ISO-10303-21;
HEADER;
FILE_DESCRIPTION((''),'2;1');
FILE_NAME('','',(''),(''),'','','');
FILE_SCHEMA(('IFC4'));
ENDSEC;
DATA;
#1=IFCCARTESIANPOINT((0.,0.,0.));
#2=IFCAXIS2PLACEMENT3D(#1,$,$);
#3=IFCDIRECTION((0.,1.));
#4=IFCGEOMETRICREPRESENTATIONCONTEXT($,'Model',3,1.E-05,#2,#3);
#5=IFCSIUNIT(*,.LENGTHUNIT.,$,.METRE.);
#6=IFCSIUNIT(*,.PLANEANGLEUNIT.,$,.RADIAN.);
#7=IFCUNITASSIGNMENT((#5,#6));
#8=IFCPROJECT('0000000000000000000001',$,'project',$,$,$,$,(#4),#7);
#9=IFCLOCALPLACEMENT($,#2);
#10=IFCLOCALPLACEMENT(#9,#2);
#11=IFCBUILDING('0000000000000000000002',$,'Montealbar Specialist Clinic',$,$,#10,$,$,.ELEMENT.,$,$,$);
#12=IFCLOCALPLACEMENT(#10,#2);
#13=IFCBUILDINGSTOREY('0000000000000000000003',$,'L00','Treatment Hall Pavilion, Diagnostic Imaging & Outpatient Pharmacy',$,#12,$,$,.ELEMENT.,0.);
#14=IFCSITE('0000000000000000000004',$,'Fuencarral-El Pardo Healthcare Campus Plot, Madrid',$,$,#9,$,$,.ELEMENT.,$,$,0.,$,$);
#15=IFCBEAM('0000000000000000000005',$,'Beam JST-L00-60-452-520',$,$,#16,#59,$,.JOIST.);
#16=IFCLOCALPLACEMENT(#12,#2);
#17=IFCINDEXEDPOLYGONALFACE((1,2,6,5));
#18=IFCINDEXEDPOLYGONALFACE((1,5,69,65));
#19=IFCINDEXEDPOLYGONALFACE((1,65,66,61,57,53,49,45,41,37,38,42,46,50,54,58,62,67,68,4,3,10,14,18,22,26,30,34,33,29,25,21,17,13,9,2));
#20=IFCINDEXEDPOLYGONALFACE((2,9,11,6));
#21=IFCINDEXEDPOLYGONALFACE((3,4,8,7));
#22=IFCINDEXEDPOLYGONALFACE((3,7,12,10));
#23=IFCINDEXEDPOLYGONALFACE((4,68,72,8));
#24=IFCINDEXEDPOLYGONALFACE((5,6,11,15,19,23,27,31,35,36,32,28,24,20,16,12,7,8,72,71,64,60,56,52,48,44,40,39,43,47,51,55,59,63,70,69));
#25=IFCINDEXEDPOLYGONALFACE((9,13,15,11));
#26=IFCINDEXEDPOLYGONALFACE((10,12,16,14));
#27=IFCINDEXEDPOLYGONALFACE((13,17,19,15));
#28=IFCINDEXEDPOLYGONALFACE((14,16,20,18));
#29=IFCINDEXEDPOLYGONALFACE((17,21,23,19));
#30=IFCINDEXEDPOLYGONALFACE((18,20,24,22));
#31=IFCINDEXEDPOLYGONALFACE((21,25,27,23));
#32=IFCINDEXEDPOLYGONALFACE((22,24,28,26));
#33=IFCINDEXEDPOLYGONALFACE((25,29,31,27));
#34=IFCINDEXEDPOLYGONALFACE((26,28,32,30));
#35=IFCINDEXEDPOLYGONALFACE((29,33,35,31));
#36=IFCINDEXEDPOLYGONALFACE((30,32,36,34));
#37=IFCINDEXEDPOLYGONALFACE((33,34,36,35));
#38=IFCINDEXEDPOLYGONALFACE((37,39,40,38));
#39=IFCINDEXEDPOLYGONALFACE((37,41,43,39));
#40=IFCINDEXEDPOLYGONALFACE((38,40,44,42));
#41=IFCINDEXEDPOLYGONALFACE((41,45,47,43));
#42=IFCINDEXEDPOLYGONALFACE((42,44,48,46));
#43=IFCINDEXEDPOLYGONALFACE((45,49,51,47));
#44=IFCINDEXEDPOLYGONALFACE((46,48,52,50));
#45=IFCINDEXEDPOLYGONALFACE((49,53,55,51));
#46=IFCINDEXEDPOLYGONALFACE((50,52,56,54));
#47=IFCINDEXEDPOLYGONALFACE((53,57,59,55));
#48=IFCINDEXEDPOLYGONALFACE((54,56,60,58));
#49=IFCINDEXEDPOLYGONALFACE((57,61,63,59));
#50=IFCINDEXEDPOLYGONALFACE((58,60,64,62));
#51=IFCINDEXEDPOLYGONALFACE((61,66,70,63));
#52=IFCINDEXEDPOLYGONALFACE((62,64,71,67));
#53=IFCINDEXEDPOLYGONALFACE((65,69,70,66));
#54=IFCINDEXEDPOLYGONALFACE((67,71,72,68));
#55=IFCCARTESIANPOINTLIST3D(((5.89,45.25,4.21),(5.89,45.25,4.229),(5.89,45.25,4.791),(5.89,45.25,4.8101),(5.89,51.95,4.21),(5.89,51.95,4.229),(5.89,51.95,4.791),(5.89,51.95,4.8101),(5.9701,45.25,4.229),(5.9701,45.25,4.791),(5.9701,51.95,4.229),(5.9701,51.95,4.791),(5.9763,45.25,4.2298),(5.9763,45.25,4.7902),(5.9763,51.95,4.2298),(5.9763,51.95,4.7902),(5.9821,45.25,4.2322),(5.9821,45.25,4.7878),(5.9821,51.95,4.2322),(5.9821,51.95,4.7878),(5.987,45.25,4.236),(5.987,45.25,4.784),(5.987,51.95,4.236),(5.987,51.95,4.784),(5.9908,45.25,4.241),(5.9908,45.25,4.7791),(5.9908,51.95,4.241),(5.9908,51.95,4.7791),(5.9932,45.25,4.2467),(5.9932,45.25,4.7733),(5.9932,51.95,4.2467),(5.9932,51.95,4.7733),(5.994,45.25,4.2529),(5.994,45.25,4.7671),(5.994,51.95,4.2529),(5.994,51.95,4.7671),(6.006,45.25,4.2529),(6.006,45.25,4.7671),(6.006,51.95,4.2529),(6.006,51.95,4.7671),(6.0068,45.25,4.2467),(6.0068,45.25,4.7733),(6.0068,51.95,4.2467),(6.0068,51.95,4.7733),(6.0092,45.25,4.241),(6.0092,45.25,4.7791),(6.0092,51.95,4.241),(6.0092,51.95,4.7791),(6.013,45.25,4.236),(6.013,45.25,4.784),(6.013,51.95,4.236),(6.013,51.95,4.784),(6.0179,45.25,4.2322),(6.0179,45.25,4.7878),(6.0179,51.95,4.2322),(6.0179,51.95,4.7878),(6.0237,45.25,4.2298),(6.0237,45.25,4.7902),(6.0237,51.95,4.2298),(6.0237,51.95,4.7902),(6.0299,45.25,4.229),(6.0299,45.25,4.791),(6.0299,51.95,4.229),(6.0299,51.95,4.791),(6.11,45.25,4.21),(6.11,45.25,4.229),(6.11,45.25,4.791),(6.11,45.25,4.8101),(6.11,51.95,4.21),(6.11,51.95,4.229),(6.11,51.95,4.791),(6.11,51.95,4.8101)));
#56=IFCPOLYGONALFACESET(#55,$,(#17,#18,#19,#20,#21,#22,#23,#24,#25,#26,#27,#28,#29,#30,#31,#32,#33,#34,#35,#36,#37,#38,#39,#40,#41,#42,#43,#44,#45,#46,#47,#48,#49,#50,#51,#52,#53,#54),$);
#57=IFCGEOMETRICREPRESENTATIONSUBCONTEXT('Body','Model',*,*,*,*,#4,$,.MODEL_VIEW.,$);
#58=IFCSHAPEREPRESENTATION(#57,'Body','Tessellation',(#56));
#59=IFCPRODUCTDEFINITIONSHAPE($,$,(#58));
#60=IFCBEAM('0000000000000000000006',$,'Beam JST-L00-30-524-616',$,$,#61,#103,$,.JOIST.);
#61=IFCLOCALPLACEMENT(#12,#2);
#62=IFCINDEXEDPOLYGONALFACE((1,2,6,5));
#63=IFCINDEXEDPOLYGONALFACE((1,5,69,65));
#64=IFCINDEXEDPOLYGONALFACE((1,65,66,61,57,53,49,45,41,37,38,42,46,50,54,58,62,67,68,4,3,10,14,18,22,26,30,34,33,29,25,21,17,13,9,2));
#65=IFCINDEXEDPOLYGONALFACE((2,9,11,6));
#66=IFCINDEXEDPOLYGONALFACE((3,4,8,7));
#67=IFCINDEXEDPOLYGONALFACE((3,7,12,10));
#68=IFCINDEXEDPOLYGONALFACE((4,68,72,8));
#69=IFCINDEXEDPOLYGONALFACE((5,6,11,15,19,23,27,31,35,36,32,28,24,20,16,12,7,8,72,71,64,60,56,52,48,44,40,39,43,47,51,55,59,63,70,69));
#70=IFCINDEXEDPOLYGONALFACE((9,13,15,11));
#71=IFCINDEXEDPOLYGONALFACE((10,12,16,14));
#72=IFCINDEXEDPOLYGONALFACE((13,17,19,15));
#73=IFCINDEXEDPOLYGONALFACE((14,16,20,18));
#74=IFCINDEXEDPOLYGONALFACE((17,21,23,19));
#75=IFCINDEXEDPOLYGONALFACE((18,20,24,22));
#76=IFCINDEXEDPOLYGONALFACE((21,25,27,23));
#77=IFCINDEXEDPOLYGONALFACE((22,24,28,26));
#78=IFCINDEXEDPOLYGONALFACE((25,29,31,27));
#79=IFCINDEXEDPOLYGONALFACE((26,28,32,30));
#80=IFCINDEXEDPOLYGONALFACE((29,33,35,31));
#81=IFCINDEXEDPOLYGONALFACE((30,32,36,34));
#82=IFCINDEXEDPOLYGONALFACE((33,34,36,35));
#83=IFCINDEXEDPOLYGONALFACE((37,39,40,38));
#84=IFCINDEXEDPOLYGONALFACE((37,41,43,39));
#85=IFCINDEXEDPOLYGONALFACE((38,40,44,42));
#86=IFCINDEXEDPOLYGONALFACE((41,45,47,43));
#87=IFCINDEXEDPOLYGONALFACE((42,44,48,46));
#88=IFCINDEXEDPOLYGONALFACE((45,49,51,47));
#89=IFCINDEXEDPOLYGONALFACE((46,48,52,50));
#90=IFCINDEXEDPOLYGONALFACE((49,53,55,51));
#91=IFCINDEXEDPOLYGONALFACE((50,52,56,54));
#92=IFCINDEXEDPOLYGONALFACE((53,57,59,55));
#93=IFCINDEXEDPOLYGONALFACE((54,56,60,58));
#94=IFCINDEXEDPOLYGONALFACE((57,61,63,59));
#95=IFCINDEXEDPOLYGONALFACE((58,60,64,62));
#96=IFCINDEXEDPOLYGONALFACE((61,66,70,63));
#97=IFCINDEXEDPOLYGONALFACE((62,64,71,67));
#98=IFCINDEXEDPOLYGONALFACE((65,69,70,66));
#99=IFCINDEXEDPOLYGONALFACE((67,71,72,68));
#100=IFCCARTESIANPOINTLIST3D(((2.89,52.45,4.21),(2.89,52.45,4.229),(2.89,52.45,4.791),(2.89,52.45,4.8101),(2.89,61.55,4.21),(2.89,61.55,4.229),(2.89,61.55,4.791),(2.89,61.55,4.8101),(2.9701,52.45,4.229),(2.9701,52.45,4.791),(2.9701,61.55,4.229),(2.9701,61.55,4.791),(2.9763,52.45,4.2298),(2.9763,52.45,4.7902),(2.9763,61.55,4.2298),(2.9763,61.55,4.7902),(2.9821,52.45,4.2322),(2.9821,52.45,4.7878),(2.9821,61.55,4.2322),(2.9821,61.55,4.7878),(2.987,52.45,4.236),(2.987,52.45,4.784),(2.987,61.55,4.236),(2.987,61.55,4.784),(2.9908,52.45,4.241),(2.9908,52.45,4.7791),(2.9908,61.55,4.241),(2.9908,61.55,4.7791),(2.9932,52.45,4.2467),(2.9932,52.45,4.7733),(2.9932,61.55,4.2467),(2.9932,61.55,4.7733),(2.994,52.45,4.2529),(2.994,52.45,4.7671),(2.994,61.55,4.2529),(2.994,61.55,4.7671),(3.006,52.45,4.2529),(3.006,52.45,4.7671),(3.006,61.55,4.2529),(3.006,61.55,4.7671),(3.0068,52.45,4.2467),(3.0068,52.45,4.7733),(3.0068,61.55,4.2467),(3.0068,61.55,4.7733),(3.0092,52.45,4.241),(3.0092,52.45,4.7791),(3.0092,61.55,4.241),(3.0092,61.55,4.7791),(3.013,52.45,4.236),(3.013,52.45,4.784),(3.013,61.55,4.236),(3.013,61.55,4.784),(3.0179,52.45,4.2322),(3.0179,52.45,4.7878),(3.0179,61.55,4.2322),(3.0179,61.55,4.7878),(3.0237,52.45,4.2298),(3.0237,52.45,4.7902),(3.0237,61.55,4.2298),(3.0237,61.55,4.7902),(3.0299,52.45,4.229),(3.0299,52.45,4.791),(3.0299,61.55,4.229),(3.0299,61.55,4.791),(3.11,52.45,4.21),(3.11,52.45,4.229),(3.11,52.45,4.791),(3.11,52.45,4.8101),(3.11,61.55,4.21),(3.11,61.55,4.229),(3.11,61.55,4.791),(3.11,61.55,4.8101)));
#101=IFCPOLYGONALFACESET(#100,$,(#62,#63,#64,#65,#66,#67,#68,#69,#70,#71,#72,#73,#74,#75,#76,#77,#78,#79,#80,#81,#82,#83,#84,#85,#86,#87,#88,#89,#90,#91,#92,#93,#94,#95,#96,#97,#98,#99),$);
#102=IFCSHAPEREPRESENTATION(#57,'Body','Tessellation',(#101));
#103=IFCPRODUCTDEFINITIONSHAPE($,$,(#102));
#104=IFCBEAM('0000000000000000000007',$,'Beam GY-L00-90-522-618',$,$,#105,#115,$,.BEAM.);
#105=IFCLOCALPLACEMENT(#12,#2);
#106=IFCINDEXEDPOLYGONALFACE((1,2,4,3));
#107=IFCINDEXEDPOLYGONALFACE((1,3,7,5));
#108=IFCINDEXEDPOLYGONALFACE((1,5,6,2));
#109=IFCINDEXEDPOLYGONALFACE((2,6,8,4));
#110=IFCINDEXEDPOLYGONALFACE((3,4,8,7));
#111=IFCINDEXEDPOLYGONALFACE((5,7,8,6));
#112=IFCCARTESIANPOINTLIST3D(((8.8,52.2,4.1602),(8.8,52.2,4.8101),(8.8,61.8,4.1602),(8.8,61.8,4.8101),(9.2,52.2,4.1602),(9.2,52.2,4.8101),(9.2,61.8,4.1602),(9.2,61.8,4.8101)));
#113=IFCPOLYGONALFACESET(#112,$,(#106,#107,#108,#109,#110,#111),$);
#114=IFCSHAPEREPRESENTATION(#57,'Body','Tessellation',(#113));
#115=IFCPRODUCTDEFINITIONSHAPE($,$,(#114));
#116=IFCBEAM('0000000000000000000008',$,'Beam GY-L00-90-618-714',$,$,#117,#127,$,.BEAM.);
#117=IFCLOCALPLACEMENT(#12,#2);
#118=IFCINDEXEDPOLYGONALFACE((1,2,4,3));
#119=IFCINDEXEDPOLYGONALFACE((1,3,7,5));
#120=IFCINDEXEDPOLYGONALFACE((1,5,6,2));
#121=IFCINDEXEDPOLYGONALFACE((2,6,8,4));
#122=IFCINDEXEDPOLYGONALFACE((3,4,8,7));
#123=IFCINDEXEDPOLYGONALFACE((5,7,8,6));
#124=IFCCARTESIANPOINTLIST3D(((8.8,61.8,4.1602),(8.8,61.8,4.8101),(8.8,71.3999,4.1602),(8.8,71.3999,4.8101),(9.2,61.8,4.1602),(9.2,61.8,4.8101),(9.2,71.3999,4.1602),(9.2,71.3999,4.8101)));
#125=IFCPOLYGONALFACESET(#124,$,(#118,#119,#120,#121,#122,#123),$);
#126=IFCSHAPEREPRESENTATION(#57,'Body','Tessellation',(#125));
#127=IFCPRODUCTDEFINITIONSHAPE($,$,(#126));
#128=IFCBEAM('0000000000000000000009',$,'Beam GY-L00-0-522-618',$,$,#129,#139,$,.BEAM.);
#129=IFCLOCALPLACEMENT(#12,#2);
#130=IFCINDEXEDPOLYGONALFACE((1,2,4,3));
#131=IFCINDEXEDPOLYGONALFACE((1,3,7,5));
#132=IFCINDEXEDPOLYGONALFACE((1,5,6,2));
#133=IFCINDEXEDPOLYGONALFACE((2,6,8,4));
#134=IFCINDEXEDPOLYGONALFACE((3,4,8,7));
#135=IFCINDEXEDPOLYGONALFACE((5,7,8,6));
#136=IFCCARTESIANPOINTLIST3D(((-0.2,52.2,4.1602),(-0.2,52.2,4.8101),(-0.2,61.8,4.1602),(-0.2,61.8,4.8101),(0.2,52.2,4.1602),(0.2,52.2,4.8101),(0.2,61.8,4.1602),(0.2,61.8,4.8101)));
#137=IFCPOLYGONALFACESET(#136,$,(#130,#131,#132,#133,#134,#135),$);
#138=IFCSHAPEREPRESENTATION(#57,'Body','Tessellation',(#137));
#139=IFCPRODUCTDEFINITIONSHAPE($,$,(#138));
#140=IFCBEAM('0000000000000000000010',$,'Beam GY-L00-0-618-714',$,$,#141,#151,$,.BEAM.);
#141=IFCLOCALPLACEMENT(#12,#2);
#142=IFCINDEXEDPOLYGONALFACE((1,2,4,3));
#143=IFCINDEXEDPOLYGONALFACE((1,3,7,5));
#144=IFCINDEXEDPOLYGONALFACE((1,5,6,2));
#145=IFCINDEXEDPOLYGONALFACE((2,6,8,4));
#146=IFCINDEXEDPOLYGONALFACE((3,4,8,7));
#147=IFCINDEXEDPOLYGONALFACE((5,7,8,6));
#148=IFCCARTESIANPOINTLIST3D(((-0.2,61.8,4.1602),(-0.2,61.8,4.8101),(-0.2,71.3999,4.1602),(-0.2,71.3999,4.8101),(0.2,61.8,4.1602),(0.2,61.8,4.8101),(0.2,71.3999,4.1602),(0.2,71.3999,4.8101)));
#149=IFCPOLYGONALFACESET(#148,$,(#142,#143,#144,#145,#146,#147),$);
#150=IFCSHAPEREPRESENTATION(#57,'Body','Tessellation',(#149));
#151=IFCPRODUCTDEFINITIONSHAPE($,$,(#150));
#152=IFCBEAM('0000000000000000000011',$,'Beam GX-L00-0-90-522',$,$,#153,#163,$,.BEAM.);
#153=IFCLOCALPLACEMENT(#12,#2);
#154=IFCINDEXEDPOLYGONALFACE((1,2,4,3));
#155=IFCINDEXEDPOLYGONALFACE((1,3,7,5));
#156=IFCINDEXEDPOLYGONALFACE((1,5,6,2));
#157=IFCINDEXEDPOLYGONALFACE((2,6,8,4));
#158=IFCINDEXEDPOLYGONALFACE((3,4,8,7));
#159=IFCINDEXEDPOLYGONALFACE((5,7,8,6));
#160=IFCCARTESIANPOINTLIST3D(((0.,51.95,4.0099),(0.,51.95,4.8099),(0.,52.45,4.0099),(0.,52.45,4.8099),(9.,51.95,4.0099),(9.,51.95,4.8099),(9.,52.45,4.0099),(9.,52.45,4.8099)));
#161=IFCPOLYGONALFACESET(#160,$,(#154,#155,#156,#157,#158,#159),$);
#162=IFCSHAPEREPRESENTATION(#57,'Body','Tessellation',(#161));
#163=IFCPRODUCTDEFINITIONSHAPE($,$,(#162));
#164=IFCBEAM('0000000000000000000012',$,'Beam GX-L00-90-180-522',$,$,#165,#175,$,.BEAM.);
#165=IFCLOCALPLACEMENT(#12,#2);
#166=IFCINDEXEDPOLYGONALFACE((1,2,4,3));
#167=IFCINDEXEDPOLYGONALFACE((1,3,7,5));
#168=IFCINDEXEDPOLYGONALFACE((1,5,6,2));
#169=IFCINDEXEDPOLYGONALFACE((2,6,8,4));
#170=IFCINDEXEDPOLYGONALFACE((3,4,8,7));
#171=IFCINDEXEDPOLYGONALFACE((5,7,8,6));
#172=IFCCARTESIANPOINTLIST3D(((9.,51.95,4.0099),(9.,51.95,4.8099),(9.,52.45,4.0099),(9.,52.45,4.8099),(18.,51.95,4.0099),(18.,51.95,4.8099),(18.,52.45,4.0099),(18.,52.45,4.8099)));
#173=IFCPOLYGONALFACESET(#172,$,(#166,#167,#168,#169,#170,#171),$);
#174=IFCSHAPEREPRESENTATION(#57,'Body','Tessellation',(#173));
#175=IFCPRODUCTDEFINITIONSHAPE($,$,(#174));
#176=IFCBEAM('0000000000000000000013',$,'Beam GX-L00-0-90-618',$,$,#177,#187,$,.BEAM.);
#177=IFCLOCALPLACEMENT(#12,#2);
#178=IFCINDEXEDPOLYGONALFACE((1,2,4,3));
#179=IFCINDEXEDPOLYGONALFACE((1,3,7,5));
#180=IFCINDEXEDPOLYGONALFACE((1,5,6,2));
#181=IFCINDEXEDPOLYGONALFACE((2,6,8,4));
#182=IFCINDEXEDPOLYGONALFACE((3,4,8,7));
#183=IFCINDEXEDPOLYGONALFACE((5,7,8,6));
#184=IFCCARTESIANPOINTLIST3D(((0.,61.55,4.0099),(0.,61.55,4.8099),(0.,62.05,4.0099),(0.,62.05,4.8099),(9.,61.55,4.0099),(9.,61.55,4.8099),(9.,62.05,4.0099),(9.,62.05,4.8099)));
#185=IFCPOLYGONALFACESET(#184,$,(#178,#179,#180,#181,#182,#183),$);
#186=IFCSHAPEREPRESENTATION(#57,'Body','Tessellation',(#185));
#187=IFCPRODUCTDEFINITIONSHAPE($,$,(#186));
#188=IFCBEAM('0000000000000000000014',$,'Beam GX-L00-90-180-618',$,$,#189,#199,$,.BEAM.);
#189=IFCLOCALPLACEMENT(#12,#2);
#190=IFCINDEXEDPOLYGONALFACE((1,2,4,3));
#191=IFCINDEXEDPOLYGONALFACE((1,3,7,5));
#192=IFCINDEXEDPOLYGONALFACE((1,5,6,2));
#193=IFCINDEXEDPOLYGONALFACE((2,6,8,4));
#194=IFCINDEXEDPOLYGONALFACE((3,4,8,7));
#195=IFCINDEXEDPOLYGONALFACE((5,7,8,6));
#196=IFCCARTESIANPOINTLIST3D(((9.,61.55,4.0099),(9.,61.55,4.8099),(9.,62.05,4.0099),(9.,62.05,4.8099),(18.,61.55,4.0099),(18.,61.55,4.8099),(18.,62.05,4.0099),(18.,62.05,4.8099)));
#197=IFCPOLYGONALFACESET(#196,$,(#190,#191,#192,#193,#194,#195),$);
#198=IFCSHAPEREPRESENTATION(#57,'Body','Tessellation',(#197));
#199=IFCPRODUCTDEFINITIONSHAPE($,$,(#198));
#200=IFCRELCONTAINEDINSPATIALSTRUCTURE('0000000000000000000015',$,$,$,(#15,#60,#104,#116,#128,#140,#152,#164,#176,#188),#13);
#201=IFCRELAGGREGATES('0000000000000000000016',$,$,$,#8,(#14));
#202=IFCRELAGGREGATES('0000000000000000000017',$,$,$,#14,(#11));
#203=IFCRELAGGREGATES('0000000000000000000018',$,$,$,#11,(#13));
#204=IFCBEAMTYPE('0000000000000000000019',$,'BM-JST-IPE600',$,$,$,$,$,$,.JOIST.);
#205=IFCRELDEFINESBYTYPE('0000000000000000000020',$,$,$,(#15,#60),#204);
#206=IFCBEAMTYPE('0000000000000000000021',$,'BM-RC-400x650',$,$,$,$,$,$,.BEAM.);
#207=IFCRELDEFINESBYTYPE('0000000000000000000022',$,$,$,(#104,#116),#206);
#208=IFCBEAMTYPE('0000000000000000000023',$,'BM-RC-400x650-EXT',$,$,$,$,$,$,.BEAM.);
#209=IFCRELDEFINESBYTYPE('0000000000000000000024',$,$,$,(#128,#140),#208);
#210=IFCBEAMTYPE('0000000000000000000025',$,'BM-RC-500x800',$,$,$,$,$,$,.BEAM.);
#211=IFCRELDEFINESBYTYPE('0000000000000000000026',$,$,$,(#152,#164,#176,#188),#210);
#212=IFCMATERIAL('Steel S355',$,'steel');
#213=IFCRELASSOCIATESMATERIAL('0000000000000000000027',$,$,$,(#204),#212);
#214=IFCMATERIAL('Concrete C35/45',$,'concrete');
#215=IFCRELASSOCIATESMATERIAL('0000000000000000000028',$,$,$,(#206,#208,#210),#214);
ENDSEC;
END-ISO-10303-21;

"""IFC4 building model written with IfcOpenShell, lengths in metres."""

from ifc_helpers import new_model, si_unit, direction, frame, origin, origin_2d, place, context, subcontext, project, spatial, rectangle, i_section, extrude, material, material_profile, profile_set, type_object, element, save


model = new_model("IFC4")

# Units and contexts
model_context = context("Model", 3, precision=1e-05, world=origin(), true_north=direction((0.0, 1.0)))
body_context = subcontext(model_context, "Body", "Model", "MODEL_VIEW")
ifc_project = project(units=[si_unit("LENGTHUNIT", "METRE"), si_unit("PLANEANGLEUNIT", "RADIAN")], contexts=[model_context])

# Site, building, storey
site_placement = place(None, origin())
site = spatial("IfcSite", under=ifc_project, at=site_placement, Name="Fuencarral-El Pardo Healthcare Campus Plot, Madrid", CompositionType="ELEMENT", RefElevation=0.0)
building_placement = place(site_placement, origin())
building = spatial("IfcBuilding", under=site, at=building_placement, Name="Montealbar Specialist Clinic", CompositionType="ELEMENT")
storey_placement = place(building_placement, origin())
storey = spatial("IfcBuildingStorey", under=building, at=storey_placement, Name="L00", Description="Treatment Hall Pavilion, Diagnostic Imaging & Outpatient Pharmacy", CompositionType="ELEMENT", Elevation=0.0)

# Shared definitions
ifc_material_1 = material(Name="Concrete C35/45", Category="concrete")

# Beams
ifc_material_2 = material(Name="Steel S355", Category="steel")
ifc_material_profile_1 = material_profile(ifc_material_2, i_section(OverallWidth=0.22, OverallDepth=0.6001, WebThickness=0.012, FlangeThickness=0.019, FilletRadius=0.0239, at=origin_2d()), Name="IPE 600", Category="steel")
ifc_profile_set_1 = profile_set([ifc_material_profile_1], Name="Steel S355")
beam_type_1 = type_object("IfcBeamType", Name="BM-JST-IPE600", PredefinedType="JOIST", material=ifc_profile_set_1)
beam_1_placement = place(storey_placement, frame((6.0, 45.25, 4.51), z_axis=(0.0, 1.0, 0.0), x_axis=(-1.0, 0.0, 0.0)))
element("IfcBeam", 1, at=beam_1_placement, inside=storey, type_object=beam_type_1, Name="Beam JST-L00-60-452-520", PredefinedType="JOIST", context=body_context, shape_type="SweptSolid", body=[
    extrude(i_section(OverallWidth=0.22, OverallDepth=0.6001, WebThickness=0.012, FlangeThickness=0.019, FilletRadius=0.0239, at=origin_2d()), origin(), (0.0, 0.0, 1.0), 6.7),
])
beam_2_placement = place(storey_placement, frame((3.0, 52.45, 4.51), z_axis=(0.0, 1.0, 0.0), x_axis=(-1.0, 0.0, 0.0)))
element("IfcBeam", 2, at=beam_2_placement, inside=storey, type_object=beam_type_1, Name="Beam JST-L00-30-524-616", PredefinedType="JOIST", context=body_context, shape_type="SweptSolid", body=[
    extrude(i_section(OverallWidth=0.22, OverallDepth=0.6001, WebThickness=0.012, FlangeThickness=0.019, FilletRadius=0.0239, at=origin_2d()), origin(), (0.0, 0.0, 1.0), 9.1001),
])
ifc_material_profile_2 = material_profile(ifc_material_1, rectangle(XDim=0.3999, YDim=0.6499, at=origin_2d()), Name="RC 400x650", Category="concrete")
ifc_profile_set_2 = profile_set([ifc_material_profile_2], Name="Concrete C35/45")
beam_type_2 = type_object("IfcBeamType", Name="BM-RC-400x650", PredefinedType="BEAM", material=ifc_profile_set_2)
beam_3_placement = place(storey_placement, frame((9.0, 52.2, 4.4851), z_axis=(0.0, 1.0, 0.0), x_axis=(-1.0, 0.0, 0.0)))
element("IfcBeam", 3, at=beam_3_placement, inside=storey, type_object=beam_type_2, Name="Beam GY-L00-90-522-618", PredefinedType="BEAM", context=body_context, shape_type="SweptSolid", body=[
    extrude(rectangle(XDim=0.3999, YDim=0.6499, at=origin_2d()), origin(), (0.0, 0.0, 1.0), 9.6001),
])
beam_4_placement = place(storey_placement, frame((9.0, 61.8, 4.4851), z_axis=(0.0, 1.0, 0.0), x_axis=(-1.0, 0.0, 0.0)))
element("IfcBeam", 4, at=beam_4_placement, inside=storey, type_object=beam_type_2, Name="Beam GY-L00-90-618-714", PredefinedType="BEAM", context=body_context, shape_type="SweptSolid", body=[
    extrude(rectangle(XDim=0.3999, YDim=0.6499, at=origin_2d()), origin(), (0.0, 0.0, 1.0), 9.5999),
])
ifc_material_profile_3 = material_profile(ifc_material_1, rectangle(XDim=0.3999, YDim=0.6499, at=origin_2d()), Name="RC 400x650", Category="concrete")
ifc_profile_set_3 = profile_set([ifc_material_profile_3], Name="Concrete C35/45")
beam_type_3 = type_object("IfcBeamType", Name="BM-RC-400x650-EXT", PredefinedType="BEAM", material=ifc_profile_set_3)
beam_5_placement = place(storey_placement, frame((0.0, 52.2, 4.4851), z_axis=(0.0, 1.0, 0.0), x_axis=(-1.0, 0.0, 0.0)))
element("IfcBeam", 5, at=beam_5_placement, inside=storey, type_object=beam_type_3, Name="Beam GY-L00-0-522-618", PredefinedType="BEAM", context=body_context, shape_type="SweptSolid", body=[
    extrude(rectangle(XDim=0.3999, YDim=0.6499, at=origin_2d()), origin(), (0.0, 0.0, 1.0), 9.6001),
])
beam_6_placement = place(storey_placement, frame((0.0, 61.8, 4.4851), z_axis=(0.0, 1.0, 0.0), x_axis=(-1.0, 0.0, 0.0)))
element("IfcBeam", 6, at=beam_6_placement, inside=storey, type_object=beam_type_3, Name="Beam GY-L00-0-618-714", PredefinedType="BEAM", context=body_context, shape_type="SweptSolid", body=[
    extrude(rectangle(XDim=0.3999, YDim=0.6499, at=origin_2d()), origin(), (0.0, 0.0, 1.0), 9.5999),
])
ifc_material_profile_4 = material_profile(ifc_material_1, rectangle(XDim=0.5, YDim=0.8, at=origin_2d()), Name="RC 500x800", Category="concrete")
ifc_profile_set_4 = profile_set([ifc_material_profile_4], Name="Concrete C35/45")
beam_type_4 = type_object("IfcBeamType", Name="BM-RC-500x800", PredefinedType="BEAM", material=ifc_profile_set_4)
for number, where, z_axis, x_axis, name in (
    (7, (0.0, 52.2, 4.4099), (1.0, 0.0, 0.0), (0.0, 1.0, 0.0), "Beam GX-L00-0-90-522"),
    (8, (9.0, 52.2, 4.4099), (1.0, 0.0, 0.0), (0.0, 1.0, 0.0), "Beam GX-L00-90-180-522"),
    (9, (0.0, 61.8, 4.4099), (1.0, 0.0, 0.0), (0.0, 1.0, 0.0), "Beam GX-L00-0-90-618"),
    (10, (9.0, 61.8, 4.4099), (1.0, 0.0, 0.0), (0.0, 1.0, 0.0), "Beam GX-L00-90-180-618"),
):
    element("IfcBeam", number, at=place(storey_placement, frame(where, z_axis=z_axis, x_axis=x_axis)), inside=storey, type_object=beam_type_4, Name=name, PredefinedType="BEAM", context=body_context, shape_type="SweptSolid", body=[
        extrude(rectangle(XDim=0.5, YDim=0.8, at=origin_2d()), origin(), (0.0, 0.0, 1.0), 9.0),
    ])

save(model, "model.ifc")
